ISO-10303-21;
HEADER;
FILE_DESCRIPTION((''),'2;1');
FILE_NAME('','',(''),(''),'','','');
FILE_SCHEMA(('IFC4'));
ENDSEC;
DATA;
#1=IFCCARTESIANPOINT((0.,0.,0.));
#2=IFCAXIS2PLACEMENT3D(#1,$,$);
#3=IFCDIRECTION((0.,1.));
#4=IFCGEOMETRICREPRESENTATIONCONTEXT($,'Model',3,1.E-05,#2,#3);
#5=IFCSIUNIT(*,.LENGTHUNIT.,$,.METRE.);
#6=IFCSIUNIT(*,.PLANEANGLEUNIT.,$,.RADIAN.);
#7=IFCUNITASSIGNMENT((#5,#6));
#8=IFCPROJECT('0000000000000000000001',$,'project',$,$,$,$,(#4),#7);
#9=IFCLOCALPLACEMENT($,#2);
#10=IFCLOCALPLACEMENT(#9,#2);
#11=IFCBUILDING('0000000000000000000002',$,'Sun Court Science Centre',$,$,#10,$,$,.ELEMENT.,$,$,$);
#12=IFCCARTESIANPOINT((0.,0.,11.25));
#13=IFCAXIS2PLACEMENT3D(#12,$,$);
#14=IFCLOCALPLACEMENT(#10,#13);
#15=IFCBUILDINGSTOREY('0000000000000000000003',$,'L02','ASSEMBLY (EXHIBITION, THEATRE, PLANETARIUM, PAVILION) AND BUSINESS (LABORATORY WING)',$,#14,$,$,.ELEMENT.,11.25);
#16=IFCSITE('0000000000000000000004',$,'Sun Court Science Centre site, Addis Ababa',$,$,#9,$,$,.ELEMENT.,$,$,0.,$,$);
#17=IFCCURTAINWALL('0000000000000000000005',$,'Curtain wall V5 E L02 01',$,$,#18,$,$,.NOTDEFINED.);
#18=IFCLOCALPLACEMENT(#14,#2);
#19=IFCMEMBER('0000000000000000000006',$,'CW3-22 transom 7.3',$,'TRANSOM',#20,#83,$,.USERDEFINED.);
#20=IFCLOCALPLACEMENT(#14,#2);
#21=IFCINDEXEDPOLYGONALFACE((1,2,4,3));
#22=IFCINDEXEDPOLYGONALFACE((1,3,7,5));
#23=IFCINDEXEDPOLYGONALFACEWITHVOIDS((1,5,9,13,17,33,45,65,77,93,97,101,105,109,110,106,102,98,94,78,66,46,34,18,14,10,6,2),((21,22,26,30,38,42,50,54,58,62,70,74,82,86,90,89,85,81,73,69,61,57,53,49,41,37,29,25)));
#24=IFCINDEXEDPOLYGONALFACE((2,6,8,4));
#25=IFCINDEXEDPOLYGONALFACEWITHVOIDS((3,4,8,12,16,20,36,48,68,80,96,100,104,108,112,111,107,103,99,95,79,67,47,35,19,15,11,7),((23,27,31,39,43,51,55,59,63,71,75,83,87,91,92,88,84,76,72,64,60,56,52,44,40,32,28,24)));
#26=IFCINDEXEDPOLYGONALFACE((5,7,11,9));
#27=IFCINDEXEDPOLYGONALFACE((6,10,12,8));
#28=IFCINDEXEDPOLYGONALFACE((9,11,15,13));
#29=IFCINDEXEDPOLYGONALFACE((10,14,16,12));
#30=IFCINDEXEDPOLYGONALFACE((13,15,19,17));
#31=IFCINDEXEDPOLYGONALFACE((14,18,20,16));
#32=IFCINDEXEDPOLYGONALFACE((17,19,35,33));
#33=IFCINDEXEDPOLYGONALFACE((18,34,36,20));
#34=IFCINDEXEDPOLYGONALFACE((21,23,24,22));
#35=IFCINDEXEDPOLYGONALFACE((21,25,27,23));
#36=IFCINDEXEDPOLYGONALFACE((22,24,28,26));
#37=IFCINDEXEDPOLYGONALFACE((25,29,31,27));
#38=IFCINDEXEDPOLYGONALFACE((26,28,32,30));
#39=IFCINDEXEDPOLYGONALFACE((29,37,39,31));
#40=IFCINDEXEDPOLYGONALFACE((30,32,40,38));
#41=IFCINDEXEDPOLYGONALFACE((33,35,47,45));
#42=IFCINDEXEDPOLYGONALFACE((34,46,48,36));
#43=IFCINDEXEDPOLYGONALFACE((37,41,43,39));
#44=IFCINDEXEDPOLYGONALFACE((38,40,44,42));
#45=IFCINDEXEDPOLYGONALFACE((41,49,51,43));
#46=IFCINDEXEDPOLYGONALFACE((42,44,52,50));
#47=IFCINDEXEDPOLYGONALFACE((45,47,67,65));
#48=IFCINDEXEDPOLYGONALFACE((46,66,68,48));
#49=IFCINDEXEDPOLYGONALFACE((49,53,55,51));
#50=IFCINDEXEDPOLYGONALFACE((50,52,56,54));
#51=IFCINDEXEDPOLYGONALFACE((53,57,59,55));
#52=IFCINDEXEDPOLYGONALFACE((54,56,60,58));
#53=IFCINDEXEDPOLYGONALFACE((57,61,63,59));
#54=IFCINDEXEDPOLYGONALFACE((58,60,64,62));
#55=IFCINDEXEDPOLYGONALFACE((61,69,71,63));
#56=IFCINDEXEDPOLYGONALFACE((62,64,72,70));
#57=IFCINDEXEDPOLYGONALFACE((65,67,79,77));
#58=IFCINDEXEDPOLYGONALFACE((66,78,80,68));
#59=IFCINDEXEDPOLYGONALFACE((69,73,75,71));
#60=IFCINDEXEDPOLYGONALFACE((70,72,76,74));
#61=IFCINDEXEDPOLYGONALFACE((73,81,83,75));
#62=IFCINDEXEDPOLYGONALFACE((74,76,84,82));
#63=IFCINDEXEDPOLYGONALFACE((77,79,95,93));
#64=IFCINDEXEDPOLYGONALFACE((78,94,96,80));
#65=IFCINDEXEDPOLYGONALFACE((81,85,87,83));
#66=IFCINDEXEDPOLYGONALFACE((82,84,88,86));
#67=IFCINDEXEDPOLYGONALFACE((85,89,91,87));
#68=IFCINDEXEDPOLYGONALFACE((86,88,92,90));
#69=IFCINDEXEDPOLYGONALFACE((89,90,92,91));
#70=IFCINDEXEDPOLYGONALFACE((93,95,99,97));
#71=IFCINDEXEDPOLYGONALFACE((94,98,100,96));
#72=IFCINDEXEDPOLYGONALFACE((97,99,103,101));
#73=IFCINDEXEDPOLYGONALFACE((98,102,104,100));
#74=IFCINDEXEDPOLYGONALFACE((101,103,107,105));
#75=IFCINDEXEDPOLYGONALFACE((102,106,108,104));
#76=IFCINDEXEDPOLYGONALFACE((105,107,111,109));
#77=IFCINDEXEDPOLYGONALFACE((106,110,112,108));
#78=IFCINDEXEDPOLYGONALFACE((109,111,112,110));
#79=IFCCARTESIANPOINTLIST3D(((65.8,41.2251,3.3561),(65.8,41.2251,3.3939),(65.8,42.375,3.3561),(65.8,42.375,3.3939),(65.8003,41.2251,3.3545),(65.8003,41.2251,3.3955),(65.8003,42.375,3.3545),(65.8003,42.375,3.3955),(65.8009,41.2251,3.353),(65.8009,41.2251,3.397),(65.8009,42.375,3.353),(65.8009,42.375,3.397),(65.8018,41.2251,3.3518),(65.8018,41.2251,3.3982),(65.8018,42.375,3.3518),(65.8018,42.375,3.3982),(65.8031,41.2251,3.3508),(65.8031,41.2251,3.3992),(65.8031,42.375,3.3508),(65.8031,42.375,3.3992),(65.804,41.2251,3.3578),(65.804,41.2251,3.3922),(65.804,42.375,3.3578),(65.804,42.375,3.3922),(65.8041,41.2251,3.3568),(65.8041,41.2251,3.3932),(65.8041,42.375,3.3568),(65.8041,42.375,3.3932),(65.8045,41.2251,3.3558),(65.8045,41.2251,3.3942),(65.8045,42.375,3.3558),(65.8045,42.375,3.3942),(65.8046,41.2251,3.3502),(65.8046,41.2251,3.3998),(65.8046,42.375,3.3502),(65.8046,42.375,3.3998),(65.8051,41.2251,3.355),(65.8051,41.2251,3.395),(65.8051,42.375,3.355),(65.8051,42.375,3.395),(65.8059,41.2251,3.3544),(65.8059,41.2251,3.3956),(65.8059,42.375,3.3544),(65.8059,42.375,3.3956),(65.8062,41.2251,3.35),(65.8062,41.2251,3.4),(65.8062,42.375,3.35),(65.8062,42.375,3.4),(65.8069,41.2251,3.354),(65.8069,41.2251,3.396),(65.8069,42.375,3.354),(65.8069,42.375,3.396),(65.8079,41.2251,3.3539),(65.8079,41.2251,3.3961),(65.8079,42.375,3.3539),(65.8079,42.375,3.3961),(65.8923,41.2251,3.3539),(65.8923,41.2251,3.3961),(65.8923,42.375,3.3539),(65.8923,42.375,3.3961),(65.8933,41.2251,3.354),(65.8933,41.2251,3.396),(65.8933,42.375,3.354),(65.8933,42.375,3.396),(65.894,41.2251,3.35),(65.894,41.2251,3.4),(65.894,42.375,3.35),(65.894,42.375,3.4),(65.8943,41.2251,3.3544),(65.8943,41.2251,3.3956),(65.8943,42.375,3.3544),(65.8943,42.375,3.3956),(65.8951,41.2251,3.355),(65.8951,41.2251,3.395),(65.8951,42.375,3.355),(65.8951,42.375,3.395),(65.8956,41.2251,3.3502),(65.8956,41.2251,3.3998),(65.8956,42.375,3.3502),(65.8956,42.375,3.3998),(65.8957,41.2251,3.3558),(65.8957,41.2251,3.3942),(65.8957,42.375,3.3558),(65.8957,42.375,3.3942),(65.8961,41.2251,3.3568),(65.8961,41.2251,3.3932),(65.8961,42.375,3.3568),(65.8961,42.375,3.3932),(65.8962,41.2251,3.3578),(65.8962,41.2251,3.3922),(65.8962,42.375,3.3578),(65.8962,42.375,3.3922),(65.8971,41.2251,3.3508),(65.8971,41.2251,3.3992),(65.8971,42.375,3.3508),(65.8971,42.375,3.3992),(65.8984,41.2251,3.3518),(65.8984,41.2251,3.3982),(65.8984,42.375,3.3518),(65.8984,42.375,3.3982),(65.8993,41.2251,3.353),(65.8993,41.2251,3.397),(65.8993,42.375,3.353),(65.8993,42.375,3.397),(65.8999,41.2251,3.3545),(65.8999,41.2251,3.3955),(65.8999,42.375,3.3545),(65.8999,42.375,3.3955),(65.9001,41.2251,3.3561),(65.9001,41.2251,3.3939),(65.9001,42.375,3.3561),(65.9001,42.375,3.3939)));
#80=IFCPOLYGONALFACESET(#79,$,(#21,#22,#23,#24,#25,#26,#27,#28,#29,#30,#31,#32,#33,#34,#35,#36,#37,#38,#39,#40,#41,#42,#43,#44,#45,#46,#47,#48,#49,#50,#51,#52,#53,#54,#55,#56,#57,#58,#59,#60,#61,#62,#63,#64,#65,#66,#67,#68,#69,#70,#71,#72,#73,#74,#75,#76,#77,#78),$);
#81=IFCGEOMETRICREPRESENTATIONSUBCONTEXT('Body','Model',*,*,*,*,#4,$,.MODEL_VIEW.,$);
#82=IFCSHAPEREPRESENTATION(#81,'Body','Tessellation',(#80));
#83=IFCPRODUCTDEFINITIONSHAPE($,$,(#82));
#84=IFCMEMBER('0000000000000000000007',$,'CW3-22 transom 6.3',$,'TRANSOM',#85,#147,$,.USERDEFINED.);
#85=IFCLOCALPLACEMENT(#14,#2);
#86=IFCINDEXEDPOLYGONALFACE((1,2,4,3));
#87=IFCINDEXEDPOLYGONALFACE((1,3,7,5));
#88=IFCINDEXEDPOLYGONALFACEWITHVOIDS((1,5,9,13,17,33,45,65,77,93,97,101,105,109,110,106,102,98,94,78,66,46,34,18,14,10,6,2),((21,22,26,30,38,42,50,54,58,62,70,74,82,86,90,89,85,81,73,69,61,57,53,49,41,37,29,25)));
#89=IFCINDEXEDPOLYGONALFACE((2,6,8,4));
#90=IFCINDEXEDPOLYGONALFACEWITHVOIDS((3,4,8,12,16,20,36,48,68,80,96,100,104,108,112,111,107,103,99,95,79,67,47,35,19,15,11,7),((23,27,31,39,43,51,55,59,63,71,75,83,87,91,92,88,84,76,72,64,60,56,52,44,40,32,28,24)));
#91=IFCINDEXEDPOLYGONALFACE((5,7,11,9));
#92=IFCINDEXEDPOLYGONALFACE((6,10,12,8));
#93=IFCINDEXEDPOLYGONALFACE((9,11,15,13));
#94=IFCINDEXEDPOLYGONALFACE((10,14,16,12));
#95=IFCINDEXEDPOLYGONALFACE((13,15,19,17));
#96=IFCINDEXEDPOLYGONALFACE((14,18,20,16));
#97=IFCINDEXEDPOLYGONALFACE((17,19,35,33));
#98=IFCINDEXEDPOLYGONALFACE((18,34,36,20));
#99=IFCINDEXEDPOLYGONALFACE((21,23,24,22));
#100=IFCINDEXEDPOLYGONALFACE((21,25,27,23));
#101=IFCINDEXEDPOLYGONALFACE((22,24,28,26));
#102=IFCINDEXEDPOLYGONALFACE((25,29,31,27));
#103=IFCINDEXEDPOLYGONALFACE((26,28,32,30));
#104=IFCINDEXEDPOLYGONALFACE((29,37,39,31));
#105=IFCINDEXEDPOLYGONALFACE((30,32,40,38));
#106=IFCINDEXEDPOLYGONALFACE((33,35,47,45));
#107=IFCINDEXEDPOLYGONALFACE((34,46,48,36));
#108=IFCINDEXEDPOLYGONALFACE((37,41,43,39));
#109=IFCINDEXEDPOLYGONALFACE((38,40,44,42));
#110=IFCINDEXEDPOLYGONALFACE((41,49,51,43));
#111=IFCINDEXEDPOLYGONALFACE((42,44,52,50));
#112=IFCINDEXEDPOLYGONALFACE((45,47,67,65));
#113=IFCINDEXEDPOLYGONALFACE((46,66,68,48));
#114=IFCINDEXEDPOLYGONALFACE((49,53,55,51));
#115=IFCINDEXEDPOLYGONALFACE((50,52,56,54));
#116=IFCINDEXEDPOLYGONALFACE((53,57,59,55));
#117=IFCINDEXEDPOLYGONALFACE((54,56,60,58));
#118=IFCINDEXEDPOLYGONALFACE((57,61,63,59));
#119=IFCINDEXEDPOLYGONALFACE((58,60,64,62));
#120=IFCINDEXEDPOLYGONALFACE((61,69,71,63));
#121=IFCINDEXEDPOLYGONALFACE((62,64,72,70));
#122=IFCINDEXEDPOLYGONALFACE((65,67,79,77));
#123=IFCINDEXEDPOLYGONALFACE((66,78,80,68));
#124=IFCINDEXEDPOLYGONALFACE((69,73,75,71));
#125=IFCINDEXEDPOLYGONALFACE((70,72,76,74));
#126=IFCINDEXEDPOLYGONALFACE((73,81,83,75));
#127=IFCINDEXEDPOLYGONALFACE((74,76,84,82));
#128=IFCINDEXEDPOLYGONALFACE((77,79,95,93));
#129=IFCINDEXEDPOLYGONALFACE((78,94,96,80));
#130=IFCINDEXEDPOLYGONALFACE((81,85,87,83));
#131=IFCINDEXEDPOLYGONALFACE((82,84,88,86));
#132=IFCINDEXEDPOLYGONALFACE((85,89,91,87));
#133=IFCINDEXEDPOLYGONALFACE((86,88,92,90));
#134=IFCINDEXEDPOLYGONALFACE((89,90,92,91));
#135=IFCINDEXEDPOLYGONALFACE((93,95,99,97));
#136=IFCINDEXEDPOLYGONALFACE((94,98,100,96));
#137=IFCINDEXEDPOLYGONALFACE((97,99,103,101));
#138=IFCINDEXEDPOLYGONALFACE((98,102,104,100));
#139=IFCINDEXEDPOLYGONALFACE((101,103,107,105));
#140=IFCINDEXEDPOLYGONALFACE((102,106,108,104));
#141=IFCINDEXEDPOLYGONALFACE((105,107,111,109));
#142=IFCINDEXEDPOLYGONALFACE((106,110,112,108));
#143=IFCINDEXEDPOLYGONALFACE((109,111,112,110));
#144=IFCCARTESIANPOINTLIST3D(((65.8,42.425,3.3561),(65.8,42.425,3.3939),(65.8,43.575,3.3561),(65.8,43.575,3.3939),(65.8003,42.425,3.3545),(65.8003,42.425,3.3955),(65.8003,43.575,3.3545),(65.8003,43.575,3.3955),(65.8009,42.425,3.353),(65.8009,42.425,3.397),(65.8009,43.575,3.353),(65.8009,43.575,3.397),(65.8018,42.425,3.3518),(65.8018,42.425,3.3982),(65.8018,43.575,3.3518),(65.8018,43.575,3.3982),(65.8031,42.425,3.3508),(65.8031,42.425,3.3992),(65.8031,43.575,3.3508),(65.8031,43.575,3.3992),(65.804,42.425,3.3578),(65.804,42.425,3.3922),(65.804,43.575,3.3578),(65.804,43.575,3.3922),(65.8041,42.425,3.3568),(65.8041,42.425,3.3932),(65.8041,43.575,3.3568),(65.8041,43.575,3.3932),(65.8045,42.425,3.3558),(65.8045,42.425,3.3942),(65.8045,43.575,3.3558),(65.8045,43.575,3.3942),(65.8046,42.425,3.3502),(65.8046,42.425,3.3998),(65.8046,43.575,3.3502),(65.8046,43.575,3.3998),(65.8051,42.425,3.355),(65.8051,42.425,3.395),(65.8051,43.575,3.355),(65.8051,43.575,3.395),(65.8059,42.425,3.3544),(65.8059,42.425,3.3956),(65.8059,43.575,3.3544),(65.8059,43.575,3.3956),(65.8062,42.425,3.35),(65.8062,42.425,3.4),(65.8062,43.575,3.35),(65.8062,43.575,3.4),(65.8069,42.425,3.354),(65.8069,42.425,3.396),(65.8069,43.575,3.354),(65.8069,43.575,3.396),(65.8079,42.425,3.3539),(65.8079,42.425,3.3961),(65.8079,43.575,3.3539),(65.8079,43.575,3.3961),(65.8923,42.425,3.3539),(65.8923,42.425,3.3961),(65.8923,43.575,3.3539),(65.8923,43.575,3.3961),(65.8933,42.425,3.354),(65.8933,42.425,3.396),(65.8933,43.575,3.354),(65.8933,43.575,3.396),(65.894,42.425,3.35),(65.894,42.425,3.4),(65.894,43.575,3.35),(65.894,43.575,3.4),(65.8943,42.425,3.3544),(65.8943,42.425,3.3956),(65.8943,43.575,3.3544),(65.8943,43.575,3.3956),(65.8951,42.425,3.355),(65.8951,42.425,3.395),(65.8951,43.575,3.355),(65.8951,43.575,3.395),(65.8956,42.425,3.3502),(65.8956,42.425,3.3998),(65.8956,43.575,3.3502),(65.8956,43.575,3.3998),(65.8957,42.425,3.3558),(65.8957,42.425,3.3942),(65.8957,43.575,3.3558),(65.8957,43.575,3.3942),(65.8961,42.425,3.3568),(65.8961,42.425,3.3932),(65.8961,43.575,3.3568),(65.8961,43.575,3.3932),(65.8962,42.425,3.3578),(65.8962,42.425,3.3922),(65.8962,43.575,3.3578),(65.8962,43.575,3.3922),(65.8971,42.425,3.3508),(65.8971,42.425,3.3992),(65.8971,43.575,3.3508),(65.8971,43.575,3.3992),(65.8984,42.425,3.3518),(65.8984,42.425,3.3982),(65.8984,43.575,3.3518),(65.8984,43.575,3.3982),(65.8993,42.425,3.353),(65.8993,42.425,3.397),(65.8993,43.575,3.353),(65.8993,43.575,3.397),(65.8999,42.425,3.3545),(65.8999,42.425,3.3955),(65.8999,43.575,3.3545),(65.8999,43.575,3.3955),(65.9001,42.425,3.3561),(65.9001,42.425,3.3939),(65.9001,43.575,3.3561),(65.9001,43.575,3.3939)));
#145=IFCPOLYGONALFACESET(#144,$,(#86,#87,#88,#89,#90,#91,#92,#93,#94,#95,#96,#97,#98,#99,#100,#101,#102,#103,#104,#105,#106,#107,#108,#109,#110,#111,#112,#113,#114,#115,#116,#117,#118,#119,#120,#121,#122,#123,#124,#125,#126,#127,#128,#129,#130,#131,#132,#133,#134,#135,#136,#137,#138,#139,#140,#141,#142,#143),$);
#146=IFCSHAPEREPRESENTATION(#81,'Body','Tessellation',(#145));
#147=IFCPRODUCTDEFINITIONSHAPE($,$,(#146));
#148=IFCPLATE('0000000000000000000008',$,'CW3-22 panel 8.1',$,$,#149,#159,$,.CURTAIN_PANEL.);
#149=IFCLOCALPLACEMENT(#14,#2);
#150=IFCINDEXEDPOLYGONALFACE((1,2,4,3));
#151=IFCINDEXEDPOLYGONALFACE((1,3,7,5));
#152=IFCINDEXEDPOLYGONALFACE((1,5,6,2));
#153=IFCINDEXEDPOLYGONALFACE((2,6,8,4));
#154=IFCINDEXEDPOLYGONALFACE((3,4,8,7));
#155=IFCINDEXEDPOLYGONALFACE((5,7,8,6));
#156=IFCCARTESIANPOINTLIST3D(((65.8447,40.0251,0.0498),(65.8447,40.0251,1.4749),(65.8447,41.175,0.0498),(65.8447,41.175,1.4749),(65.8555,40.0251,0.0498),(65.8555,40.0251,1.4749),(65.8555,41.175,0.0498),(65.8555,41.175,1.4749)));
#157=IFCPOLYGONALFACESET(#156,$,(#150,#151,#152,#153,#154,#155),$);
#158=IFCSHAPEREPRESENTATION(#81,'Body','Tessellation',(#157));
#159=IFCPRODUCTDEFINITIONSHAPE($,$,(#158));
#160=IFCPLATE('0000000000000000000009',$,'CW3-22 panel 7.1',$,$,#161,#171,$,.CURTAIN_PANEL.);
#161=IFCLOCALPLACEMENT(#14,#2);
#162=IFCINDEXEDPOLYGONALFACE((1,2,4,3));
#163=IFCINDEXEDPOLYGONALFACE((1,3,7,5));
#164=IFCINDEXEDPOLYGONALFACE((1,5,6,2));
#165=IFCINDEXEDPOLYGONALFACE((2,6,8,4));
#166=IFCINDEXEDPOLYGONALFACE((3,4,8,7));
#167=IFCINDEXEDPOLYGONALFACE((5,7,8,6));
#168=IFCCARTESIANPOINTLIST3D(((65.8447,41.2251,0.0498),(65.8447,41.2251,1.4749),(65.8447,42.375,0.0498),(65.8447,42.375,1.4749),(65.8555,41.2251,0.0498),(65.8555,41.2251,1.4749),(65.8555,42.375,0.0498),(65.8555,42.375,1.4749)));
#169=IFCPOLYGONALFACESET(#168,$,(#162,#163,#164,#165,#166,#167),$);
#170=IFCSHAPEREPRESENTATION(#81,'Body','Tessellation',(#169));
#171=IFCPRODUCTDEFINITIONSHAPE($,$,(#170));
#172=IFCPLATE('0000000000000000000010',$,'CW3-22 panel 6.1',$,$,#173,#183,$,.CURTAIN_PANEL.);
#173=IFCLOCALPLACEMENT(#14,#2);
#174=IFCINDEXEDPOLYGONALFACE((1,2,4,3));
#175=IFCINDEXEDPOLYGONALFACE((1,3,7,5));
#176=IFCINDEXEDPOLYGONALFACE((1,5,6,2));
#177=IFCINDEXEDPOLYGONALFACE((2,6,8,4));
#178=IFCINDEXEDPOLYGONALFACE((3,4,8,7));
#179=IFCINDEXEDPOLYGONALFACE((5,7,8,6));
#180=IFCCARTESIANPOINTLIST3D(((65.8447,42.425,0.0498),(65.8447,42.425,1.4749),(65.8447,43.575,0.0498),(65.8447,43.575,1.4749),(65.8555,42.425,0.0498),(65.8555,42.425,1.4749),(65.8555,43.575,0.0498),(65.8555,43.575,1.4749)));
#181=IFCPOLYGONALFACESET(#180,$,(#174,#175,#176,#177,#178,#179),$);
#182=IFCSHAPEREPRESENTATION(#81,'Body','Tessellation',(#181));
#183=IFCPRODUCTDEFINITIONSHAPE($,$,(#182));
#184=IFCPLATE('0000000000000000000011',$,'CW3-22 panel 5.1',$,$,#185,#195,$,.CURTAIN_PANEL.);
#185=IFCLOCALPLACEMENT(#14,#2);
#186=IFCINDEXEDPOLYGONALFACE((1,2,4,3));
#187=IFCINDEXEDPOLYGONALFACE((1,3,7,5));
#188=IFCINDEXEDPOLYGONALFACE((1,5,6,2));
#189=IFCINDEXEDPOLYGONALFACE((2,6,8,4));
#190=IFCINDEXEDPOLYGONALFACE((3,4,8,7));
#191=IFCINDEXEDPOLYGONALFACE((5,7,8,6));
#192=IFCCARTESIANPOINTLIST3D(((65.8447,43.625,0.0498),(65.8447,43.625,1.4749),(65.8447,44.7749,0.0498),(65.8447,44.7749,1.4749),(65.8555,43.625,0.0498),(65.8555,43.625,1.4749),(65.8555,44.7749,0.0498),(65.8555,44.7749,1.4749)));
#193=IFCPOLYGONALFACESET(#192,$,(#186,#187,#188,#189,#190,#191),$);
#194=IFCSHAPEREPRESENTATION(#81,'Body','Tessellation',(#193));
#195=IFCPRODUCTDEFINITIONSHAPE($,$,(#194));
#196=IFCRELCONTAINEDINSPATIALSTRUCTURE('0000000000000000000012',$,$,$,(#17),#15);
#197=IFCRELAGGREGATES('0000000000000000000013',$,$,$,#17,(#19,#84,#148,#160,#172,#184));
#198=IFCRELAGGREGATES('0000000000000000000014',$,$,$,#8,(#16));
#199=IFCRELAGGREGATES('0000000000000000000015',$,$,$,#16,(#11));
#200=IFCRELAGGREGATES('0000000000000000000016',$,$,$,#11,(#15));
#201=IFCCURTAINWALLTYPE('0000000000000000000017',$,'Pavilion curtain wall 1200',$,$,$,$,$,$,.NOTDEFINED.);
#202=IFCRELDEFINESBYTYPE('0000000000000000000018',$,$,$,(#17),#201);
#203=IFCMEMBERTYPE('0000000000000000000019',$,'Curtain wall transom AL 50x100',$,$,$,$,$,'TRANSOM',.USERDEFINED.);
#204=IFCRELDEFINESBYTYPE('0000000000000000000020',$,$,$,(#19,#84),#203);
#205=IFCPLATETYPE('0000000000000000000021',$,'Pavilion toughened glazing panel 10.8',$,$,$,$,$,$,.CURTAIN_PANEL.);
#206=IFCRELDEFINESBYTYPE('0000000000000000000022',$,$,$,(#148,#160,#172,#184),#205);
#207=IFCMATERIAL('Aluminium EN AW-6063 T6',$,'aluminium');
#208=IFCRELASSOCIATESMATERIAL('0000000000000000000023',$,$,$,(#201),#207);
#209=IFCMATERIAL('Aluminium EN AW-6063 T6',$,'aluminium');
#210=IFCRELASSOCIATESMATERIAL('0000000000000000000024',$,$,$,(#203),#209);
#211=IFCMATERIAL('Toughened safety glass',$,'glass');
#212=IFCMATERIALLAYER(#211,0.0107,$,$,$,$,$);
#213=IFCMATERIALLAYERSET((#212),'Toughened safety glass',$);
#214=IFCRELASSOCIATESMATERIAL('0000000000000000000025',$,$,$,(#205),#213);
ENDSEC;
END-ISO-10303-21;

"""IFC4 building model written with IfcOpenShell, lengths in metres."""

from ifc_helpers import new_model, si_unit, direction, frame, origin, origin_2d, place, context, subcontext, project, spatial, rectangle, hollow_rectangle, extrude, material, layer, layer_set, material_profile, profile_set, type_object, element, aggregate, save


model = new_model("IFC4")

# Units and contexts
model_context = context("Model", 3, precision=1e-05, world=origin(), true_north=direction((0.0, 1.0)))
body_context = subcontext(model_context, "Body", "Model", "MODEL_VIEW")
ifc_project = project(units=[si_unit("LENGTHUNIT", "METRE"), si_unit("PLANEANGLEUNIT", "RADIAN")], contexts=[model_context])

# Site, building, storey
site_placement = place(None, origin())
site = spatial("IfcSite", under=ifc_project, at=site_placement, Name="Sun Court Science Centre site, Addis Ababa", CompositionType="ELEMENT", RefElevation=0.0)
building_placement = place(site_placement, origin())
building = spatial("IfcBuilding", under=site, at=building_placement, Name="Sun Court Science Centre", CompositionType="ELEMENT")
storey_placement = place(building_placement, frame((0.0, 0.0, 11.25)))
storey = spatial("IfcBuildingStorey", under=building, at=storey_placement, Name="L02", Description="ASSEMBLY (EXHIBITION, THEATRE, PLANETARIUM, PAVILION) AND BUSINESS (LABORATORY WING)", CompositionType="ELEMENT", Elevation=11.25)

# Curtain wall, members, plates
ifc_material_1 = material(Name="Aluminium EN AW-6063 T6", Category="aluminium")
curtain_wall_type = type_object("IfcCurtainWallType", Name="Pavilion curtain wall 1200", PredefinedType="NOTDEFINED", material=ifc_material_1)
curtain_wall_placement = place(storey_placement, origin())
curtain_wall = element("IfcCurtainWall", 1, at=curtain_wall_placement, inside=storey, type_object=curtain_wall_type, Name="Curtain wall V5 E L02 01", PredefinedType="NOTDEFINED")
ifc_material_2 = material(Name="Aluminium EN AW-6063 T6", Category="aluminium")
ifc_material_profile_1 = material_profile(ifc_material_2, hollow_rectangle(XDim=0.05, YDim=0.1001, WallThickness=0.0039, InnerFilletRadius=0.0039, OuterFilletRadius=0.0061, at=origin_2d()), Name="AL 50x100x4")
ifc_profile_set_1 = profile_set([ifc_material_profile_1], Name="Aluminium EN AW-6063 T6")
member_type_1 = type_object("IfcMemberType", Name="Curtain wall transom AL 50x100", ElementType="TRANSOM", PredefinedType="USERDEFINED", material=ifc_profile_set_1)
member_1_placement = place(storey_placement, frame((65.8501, 42.375, 3.375), z_axis=(0.0, -1.0, 0.0), x_axis=(0.0, 0.0, 1.0)))
member_1 = element("IfcMember", 2, at=member_1_placement, type_object=member_type_1, Name="CW3-22 transom 7.3", ObjectType="TRANSOM", PredefinedType="USERDEFINED", context=body_context, shape_type="SweptSolid", body=[
    extrude(hollow_rectangle(XDim=0.05, YDim=0.1001, WallThickness=0.0039, InnerFilletRadius=0.0039, OuterFilletRadius=0.0061, at=origin_2d()), origin(), (0.0, 0.0, 1.0), 1.1499),
])
member_2_placement = place(storey_placement, frame((65.8501, 43.575, 3.375), z_axis=(0.0, -1.0, 0.0), x_axis=(0.0, 0.0, 1.0)))
member_2 = element("IfcMember", 3, at=member_2_placement, type_object=member_type_1, Name="CW3-22 transom 6.3", ObjectType="TRANSOM", PredefinedType="USERDEFINED", context=body_context, shape_type="SweptSolid", body=[
    extrude(hollow_rectangle(XDim=0.05, YDim=0.1001, WallThickness=0.0039, InnerFilletRadius=0.0039, OuterFilletRadius=0.0061, at=origin_2d()), origin(), (0.0, 0.0, 1.0), 1.1499),
])
ifc_material_3 = material(Name="Toughened safety glass", Category="glass")
ifc_layer_1 = layer(ifc_material_3, 0.0107)
ifc_layer_set_1 = layer_set([ifc_layer_1], Name="Toughened safety glass")
plate_type = type_object("IfcPlateType", Name="Pavilion toughened glazing panel 10.8", PredefinedType="CURTAIN_PANEL", material=ifc_layer_set_1)
plate_1_placement = place(storey_placement, frame((65.8501, 40.6001, 0.0498), z_axis=(0.0, 0.0, 1.0), x_axis=(0.0, -1.0, 0.0)))
plate_1 = element("IfcPlate", 4, at=plate_1_placement, type_object=plate_type, Name="CW3-22 panel 8.1", PredefinedType="CURTAIN_PANEL", context=body_context, shape_type="SweptSolid", body=[
    extrude(rectangle(XDim=1.1499, YDim=0.0107, at=origin_2d()), origin(), (0.0, 0.0, 1.0), 1.425),
])
plate_2_placement = place(storey_placement, frame((65.8501, 41.8, 0.0498), z_axis=(0.0, 0.0, 1.0), x_axis=(0.0, -1.0, 0.0)))
plate_2 = element("IfcPlate", 5, at=plate_2_placement, type_object=plate_type, Name="CW3-22 panel 7.1", PredefinedType="CURTAIN_PANEL", context=body_context, shape_type="SweptSolid", body=[
    extrude(rectangle(XDim=1.1499, YDim=0.0107, at=origin_2d()), origin(), (0.0, 0.0, 1.0), 1.425),
])
plate_3_placement = place(storey_placement, frame((65.8501, 43.0, 0.0498), z_axis=(0.0, 0.0, 1.0), x_axis=(0.0, -1.0, 0.0)))
plate_3 = element("IfcPlate", 6, at=plate_3_placement, type_object=plate_type, Name="CW3-22 panel 6.1", PredefinedType="CURTAIN_PANEL", context=body_context, shape_type="SweptSolid", body=[
    extrude(rectangle(XDim=1.1499, YDim=0.0107, at=origin_2d()), origin(), (0.0, 0.0, 1.0), 1.425),
])
plate_4_placement = place(storey_placement, frame((65.8501, 44.2, 0.0498), z_axis=(0.0, 0.0, 1.0), x_axis=(0.0, -1.0, 0.0)))
plate_4 = element("IfcPlate", 7, at=plate_4_placement, type_object=plate_type, Name="CW3-22 panel 5.1", PredefinedType="CURTAIN_PANEL", context=body_context, shape_type="SweptSolid", body=[
    extrude(rectangle(XDim=1.1499, YDim=0.0107, at=origin_2d()), origin(), (0.0, 0.0, 1.0), 1.425),
])
aggregate(curtain_wall, [member_1, member_2, plate_1, plate_2, plate_3, plate_4])

save(model, "model.ifc")
